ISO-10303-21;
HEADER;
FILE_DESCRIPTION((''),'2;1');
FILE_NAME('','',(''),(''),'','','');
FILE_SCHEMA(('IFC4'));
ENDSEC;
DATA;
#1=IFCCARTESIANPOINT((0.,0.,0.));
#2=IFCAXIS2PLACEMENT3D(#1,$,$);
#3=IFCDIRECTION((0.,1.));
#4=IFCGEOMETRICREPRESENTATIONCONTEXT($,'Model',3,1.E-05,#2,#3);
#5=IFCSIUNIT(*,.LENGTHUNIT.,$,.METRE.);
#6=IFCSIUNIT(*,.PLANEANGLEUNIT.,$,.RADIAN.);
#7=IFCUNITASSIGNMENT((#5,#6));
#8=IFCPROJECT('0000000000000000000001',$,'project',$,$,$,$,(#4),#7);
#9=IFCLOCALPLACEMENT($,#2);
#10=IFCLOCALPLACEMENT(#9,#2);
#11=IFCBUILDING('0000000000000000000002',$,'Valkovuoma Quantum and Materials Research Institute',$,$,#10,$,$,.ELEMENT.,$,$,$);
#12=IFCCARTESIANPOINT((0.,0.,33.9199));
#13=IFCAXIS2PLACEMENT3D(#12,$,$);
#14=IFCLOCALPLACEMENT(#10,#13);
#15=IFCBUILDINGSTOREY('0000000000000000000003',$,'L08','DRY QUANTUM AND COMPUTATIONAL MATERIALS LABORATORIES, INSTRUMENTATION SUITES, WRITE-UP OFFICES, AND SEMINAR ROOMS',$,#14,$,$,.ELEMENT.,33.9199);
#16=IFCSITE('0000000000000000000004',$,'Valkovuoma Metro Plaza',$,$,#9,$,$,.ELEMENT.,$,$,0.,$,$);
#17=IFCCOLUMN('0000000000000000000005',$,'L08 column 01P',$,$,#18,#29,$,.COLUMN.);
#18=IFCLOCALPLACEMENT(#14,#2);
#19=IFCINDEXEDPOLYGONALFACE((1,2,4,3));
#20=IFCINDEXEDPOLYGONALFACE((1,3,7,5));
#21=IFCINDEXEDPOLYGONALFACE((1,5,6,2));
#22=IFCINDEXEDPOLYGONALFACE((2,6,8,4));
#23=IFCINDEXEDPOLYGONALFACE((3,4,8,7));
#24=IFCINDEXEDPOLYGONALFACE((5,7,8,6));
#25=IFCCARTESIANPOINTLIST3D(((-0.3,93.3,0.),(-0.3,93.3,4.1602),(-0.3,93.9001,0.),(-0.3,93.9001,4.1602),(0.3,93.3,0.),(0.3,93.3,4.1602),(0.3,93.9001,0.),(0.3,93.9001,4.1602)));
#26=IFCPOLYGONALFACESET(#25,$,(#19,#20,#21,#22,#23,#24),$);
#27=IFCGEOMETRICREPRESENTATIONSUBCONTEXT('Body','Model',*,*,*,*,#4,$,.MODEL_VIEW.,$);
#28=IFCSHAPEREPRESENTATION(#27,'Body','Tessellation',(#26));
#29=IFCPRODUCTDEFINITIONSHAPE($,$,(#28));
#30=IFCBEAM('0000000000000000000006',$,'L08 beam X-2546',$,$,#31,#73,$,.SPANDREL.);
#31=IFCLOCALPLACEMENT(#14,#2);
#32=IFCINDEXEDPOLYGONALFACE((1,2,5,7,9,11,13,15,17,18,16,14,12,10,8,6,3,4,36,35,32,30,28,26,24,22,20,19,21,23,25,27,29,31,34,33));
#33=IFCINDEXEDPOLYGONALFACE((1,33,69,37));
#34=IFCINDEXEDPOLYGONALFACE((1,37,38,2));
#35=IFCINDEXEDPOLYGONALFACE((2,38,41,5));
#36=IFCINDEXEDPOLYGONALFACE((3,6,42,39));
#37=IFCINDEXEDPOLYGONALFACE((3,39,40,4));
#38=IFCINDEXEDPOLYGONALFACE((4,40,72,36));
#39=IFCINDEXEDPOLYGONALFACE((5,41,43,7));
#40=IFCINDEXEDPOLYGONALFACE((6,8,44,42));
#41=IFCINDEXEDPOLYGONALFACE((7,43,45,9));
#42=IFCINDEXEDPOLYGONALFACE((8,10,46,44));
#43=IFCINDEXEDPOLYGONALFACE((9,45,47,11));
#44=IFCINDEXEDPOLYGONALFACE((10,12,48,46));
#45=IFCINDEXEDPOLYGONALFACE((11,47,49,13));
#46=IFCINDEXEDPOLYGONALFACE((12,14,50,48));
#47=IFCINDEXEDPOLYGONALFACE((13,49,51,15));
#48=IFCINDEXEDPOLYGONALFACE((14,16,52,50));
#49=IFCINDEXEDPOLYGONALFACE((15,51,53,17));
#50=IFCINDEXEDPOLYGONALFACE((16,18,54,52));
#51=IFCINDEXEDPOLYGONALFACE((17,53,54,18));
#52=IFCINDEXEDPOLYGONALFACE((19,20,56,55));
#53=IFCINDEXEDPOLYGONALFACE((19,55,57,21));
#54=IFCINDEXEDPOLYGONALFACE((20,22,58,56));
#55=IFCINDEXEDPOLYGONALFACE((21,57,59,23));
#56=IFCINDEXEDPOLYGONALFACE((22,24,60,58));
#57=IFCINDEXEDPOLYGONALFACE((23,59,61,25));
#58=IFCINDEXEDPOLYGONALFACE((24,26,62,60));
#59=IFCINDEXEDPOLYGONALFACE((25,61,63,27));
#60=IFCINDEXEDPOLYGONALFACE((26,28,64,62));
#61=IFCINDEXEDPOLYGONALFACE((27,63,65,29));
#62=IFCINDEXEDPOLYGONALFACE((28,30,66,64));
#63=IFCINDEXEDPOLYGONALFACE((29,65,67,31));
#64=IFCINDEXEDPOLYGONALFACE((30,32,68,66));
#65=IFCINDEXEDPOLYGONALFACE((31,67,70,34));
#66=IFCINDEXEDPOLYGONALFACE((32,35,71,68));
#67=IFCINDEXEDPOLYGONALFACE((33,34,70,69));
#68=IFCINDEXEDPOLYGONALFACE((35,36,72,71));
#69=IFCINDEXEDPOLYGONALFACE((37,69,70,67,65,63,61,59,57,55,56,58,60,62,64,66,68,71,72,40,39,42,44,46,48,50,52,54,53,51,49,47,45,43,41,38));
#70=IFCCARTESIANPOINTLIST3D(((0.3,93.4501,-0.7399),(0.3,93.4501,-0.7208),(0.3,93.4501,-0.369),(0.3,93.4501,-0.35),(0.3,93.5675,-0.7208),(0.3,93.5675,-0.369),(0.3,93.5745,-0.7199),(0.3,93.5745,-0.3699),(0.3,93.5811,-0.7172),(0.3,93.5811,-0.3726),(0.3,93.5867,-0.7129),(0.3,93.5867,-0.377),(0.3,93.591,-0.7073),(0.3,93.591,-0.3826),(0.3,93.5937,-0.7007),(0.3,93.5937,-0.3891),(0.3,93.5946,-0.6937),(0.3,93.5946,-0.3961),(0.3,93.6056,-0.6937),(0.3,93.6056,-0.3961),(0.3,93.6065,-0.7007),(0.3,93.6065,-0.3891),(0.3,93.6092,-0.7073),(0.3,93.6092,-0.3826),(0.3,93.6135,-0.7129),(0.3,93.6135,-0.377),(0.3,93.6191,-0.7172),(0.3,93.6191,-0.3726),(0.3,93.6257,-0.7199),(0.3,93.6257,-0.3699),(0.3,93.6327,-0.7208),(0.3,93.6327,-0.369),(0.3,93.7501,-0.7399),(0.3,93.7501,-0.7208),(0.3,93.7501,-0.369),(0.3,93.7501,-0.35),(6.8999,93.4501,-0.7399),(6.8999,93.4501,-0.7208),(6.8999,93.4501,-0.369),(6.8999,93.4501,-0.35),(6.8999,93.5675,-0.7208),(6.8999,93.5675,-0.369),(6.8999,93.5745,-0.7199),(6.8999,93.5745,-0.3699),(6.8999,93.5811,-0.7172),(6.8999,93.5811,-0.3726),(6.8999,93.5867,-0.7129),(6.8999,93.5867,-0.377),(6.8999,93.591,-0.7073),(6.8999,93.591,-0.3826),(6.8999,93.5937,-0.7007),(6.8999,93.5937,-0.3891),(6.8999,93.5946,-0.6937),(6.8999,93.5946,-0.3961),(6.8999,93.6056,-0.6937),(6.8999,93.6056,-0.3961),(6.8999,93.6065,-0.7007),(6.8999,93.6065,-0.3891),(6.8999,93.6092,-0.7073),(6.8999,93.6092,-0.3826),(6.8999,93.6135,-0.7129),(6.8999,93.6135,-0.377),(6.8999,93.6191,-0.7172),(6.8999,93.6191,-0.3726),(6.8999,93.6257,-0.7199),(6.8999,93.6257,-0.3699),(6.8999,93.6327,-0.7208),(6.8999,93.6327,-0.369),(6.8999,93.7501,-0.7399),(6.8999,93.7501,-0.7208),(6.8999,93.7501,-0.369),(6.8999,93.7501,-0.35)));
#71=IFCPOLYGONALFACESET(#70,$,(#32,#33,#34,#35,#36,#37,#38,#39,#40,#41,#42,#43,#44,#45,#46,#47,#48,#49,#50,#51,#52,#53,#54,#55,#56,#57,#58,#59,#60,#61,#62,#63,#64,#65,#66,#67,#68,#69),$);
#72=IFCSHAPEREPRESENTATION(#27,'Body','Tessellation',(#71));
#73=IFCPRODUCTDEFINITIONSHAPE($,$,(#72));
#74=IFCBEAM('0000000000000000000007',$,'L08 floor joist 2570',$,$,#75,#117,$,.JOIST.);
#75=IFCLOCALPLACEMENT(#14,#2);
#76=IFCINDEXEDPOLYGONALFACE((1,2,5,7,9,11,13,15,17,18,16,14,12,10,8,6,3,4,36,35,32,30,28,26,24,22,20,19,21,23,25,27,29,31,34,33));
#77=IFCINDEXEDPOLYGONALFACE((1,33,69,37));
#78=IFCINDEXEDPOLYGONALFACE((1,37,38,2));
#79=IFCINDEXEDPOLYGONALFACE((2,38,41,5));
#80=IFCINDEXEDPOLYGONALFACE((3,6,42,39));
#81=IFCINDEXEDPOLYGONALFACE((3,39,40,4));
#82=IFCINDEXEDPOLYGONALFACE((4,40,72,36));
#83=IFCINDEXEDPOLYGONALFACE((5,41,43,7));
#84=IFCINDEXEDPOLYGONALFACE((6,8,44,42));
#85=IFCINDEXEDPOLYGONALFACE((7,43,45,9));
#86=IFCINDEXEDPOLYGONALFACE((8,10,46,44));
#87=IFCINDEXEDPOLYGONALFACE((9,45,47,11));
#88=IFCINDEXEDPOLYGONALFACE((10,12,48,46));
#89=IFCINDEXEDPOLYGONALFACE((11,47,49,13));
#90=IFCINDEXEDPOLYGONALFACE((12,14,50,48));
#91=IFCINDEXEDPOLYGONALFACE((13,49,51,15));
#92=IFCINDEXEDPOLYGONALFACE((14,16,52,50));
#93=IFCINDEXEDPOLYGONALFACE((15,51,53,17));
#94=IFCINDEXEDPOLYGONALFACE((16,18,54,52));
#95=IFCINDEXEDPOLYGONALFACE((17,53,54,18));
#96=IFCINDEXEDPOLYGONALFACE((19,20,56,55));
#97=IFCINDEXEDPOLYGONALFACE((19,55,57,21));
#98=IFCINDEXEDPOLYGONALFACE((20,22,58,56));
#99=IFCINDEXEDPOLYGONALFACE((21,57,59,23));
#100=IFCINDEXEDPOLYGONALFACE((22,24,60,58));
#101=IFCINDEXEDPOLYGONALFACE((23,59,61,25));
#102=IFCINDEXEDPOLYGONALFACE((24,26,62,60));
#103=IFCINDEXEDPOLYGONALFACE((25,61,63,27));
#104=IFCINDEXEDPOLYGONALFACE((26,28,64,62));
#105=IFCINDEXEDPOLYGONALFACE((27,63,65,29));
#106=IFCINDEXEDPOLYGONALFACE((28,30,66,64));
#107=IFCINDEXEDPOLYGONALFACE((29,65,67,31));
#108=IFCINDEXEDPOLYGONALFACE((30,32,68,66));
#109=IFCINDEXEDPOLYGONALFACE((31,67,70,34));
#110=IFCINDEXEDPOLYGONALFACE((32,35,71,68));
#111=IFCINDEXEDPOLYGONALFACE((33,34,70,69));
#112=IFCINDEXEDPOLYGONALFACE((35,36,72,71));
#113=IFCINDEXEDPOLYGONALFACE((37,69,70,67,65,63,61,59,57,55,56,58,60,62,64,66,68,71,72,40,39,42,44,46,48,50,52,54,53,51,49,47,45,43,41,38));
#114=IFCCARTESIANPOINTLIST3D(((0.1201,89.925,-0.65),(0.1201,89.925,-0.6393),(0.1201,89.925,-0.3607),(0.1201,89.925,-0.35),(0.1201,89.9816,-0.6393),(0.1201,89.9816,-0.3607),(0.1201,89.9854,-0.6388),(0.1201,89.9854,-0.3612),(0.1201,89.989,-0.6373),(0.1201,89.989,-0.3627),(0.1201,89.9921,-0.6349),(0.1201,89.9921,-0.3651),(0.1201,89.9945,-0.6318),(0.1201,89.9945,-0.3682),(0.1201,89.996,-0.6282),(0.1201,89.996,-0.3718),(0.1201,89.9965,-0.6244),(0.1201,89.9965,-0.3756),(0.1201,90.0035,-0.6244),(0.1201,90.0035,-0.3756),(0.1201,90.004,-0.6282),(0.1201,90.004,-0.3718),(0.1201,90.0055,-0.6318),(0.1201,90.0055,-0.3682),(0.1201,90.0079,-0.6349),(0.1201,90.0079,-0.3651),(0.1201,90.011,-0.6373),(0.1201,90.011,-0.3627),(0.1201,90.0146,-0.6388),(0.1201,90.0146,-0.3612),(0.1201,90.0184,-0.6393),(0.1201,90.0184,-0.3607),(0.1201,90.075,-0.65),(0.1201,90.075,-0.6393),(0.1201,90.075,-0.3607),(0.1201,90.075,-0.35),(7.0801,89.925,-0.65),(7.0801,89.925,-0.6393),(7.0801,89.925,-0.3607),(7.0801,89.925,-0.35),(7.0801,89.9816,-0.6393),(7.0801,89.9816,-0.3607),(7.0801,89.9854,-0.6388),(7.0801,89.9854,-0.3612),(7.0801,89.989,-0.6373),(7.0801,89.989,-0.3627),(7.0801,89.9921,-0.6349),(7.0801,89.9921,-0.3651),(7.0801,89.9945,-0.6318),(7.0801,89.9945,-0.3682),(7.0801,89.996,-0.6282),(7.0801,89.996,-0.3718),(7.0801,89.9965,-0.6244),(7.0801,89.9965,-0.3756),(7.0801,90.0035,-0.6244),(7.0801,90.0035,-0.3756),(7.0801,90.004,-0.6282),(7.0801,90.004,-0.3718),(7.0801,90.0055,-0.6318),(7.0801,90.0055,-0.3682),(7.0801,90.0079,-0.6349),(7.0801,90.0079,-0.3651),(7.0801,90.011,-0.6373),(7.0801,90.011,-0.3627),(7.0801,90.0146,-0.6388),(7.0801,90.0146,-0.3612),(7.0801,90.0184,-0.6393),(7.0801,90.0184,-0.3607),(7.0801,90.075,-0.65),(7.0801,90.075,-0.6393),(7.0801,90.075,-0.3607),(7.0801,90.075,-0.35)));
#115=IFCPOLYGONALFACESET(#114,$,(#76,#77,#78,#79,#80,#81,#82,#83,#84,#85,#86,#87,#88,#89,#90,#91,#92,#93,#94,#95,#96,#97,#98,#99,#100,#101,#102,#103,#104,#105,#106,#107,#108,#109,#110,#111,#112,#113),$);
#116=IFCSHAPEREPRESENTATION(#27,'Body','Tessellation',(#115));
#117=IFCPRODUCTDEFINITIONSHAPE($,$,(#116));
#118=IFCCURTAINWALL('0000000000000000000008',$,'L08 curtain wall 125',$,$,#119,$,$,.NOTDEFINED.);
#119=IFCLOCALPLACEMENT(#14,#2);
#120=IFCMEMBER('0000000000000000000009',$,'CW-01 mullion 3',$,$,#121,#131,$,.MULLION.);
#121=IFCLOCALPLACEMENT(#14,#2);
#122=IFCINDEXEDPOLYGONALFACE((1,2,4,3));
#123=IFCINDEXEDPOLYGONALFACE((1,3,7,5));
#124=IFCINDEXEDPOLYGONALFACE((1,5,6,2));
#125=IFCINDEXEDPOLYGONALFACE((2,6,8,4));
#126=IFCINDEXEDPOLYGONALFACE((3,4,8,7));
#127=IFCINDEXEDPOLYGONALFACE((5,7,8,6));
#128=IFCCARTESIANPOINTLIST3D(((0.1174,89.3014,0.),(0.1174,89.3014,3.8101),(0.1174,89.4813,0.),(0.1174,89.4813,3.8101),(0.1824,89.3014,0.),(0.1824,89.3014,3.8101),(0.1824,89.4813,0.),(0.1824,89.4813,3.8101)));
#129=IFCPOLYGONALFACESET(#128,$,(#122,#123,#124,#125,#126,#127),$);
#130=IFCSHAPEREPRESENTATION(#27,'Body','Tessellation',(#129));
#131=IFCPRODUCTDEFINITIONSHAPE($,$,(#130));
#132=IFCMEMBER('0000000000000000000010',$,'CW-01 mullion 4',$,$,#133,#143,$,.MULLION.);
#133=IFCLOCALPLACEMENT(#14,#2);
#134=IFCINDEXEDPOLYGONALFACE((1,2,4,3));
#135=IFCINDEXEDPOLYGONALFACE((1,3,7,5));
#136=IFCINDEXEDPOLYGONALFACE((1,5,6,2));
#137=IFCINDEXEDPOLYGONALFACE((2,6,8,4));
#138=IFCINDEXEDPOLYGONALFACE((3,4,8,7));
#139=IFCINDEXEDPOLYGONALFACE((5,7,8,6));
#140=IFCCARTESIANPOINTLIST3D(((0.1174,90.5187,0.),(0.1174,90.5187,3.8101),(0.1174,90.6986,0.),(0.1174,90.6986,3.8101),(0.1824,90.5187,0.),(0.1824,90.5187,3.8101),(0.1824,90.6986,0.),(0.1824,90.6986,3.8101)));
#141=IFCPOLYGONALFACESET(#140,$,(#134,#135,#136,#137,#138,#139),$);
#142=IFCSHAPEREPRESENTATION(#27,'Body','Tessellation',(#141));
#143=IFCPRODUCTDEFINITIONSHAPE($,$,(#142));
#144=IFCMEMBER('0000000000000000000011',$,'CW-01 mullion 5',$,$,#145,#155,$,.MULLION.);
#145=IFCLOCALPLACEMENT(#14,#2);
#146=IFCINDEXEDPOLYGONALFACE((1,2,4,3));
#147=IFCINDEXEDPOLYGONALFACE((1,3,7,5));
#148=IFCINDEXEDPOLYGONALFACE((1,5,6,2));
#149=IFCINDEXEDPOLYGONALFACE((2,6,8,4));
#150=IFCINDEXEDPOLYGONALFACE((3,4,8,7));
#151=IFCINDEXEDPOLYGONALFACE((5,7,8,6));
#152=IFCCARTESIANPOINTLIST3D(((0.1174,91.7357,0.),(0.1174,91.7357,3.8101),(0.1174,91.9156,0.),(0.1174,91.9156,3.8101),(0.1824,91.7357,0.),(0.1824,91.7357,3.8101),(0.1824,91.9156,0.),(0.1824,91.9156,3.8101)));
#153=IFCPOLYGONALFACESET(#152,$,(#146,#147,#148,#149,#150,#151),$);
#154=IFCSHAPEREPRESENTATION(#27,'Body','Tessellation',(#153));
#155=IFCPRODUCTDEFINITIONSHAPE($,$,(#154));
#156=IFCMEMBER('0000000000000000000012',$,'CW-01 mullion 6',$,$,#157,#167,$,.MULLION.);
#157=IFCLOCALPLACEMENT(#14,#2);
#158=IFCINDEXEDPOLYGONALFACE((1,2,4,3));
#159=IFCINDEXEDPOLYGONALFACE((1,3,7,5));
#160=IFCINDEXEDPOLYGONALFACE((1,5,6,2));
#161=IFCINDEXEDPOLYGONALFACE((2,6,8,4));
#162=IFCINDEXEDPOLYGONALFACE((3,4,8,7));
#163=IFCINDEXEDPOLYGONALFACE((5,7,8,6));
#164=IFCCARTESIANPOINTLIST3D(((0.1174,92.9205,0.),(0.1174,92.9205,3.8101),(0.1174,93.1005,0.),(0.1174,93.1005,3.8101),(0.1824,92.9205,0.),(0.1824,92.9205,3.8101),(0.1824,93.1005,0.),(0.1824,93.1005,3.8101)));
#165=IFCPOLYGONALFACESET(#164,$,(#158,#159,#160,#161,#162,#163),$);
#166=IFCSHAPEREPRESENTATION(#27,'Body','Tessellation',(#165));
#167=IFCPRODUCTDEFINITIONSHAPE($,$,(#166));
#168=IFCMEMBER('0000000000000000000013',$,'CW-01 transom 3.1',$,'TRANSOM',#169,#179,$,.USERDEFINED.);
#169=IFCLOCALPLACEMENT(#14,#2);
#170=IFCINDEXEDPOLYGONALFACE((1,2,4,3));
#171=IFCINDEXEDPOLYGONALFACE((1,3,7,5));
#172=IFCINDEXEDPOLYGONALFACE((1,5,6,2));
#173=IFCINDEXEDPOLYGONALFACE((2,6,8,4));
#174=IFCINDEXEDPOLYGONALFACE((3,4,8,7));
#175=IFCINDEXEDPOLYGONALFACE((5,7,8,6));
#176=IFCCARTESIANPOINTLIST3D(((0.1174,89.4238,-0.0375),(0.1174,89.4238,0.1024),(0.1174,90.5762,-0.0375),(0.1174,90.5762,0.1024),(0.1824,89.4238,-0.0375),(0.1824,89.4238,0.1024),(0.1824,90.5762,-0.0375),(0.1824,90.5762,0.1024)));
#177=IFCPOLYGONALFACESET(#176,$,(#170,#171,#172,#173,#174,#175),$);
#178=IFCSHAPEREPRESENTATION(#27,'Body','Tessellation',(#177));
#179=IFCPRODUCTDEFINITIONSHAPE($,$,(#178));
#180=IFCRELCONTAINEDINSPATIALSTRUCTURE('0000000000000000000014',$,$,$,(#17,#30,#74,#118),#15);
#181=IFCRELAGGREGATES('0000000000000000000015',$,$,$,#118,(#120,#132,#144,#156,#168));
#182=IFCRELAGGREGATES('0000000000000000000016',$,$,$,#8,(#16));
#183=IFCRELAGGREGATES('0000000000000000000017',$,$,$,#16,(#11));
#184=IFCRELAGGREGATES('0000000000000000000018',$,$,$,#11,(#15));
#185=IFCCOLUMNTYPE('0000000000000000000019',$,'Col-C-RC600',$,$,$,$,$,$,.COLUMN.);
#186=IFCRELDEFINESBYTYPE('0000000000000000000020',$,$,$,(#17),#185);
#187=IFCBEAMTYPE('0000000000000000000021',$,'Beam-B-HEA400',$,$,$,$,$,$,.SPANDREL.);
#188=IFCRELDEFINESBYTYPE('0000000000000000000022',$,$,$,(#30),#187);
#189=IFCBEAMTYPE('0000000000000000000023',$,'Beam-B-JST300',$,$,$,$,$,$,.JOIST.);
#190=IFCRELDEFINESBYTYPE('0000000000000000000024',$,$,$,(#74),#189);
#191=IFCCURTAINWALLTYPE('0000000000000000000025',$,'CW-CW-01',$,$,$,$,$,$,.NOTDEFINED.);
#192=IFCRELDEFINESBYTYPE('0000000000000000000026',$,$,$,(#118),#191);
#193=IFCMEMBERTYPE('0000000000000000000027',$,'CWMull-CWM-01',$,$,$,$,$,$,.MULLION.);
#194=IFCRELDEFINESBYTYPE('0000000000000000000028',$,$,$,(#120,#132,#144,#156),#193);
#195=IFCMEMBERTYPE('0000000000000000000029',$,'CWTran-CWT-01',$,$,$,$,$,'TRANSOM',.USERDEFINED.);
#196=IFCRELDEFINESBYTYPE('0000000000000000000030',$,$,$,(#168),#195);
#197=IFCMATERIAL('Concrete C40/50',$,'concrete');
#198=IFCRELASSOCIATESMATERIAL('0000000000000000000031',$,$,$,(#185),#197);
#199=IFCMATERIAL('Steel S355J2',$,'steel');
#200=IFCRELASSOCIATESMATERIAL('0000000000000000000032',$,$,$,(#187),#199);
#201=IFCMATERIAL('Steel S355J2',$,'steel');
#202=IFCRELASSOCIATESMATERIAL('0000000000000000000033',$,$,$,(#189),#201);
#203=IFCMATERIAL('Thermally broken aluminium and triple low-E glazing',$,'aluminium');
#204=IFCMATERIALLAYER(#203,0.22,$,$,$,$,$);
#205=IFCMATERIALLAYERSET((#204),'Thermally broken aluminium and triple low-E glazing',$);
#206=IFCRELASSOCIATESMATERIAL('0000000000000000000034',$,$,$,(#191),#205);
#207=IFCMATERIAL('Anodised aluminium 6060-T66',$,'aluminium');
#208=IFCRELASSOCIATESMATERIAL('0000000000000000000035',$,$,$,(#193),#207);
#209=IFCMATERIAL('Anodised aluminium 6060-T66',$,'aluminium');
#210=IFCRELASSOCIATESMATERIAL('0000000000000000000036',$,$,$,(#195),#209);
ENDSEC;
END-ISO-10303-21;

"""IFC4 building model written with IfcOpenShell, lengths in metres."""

from ifc_helpers import new_model, si_unit, direction, frame, origin, origin_2d, place, context, subcontext, project, spatial, rectangle, i_section, extrude, material, layer, layer_set, material_profile, profile_set, type_object, element, aggregate, save


model = new_model("IFC4")

# Units and contexts
model_context = context("Model", 3, precision=1e-05, world=origin(), true_north=direction((0.0, 1.0)))
body_context = subcontext(model_context, "Body", "Model", "MODEL_VIEW")
ifc_project = project(units=[si_unit("LENGTHUNIT", "METRE"), si_unit("PLANEANGLEUNIT", "RADIAN")], contexts=[model_context])

# Site, building, storey
site_placement = place(None, origin())
site = spatial("IfcSite", under=ifc_project, at=site_placement, Name="Valkovuoma Metro Plaza", CompositionType="ELEMENT", RefElevation=0.0)
building_placement = place(site_placement, origin())
building = spatial("IfcBuilding", under=site, at=building_placement, Name="Valkovuoma Quantum and Materials Research Institute", CompositionType="ELEMENT")
storey_placement = place(building_placement, frame((0.0, 0.0, 33.9199)))
storey = spatial("IfcBuildingStorey", under=building, at=storey_placement, Name="L08", Description="DRY QUANTUM AND COMPUTATIONAL MATERIALS LABORATORIES, INSTRUMENTATION SUITES, WRITE-UP OFFICES, AND SEMINAR ROOMS", CompositionType="ELEMENT", Elevation=33.9199)

# Column
ifc_material_1 = material(Name="Concrete C40/50", Category="concrete")
ifc_material_profile_1 = material_profile(ifc_material_1, rectangle(XDim=0.6001, YDim=0.6001, at=origin_2d()), Name="Concrete C40/50")
ifc_profile_set_1 = profile_set([ifc_material_profile_1], Name="Concrete C40/50")
column_type = type_object("IfcColumnType", Name="Col-C-RC600", PredefinedType="COLUMN", material=ifc_profile_set_1)
column_placement = place(storey_placement, frame((0.0, 93.6001, 0.0), z_axis=(0.0, 0.0, 1.0), x_axis=(1.0, 0.0, 0.0)))
element("IfcColumn", 1, at=column_placement, inside=storey, type_object=column_type, Name="L08 column 01P", PredefinedType="COLUMN", context=body_context, shape_type="SweptSolid", body=[
    extrude(rectangle(XDim=0.6001, YDim=0.6001, at=origin_2d()), origin(), (0.0, 0.0, 1.0), 4.1602),
])

# Beams
ifc_material_2 = material(Name="Steel S355J2", Category="steel")
ifc_material_profile_2 = material_profile(ifc_material_2, i_section(OverallWidth=0.3, OverallDepth=0.3899, WebThickness=0.011, FlangeThickness=0.019, FilletRadius=0.0271, at=origin_2d()), Name="Steel S355J2")
ifc_profile_set_2 = profile_set([ifc_material_profile_2], Name="Steel S355J2")
beam_type_1 = type_object("IfcBeamType", Name="Beam-B-HEA400", PredefinedType="SPANDREL", material=ifc_profile_set_2)
beam_1_placement = place(storey_placement, frame((0.3, 93.6001, -0.5449), z_axis=(1.0, 0.0, 0.0), x_axis=(0.0, 1.0, 0.0)))
element("IfcBeam", 2, at=beam_1_placement, inside=storey, type_object=beam_type_1, Name="L08 beam X-2546", PredefinedType="SPANDREL", context=body_context, shape_type="SweptSolid", body=[
    extrude(i_section(OverallWidth=0.3, OverallDepth=0.3899, WebThickness=0.011, FlangeThickness=0.019, FilletRadius=0.0271, at=origin_2d()), origin(), (0.0, 0.0, 1.0), 6.5999),
])
ifc_material_3 = material(Name="Steel S355J2", Category="steel")
ifc_material_profile_3 = material_profile(ifc_material_3, i_section(OverallWidth=0.1499, OverallDepth=0.3, WebThickness=0.0071, FlangeThickness=0.0107, FilletRadius=0.0149, at=origin_2d()), Name="Steel S355J2")
ifc_profile_set_3 = profile_set([ifc_material_profile_3], Name="Steel S355J2")
beam_type_2 = type_object("IfcBeamType", Name="Beam-B-JST300", PredefinedType="JOIST", material=ifc_profile_set_3)
beam_2_placement = place(storey_placement, frame((0.1201, 90.0, -0.5), z_axis=(1.0, 0.0, 0.0), x_axis=(0.0, 1.0, 0.0)))
element("IfcBeam", 3, at=beam_2_placement, inside=storey, type_object=beam_type_2, Name="L08 floor joist 2570", PredefinedType="JOIST", context=body_context, shape_type="SweptSolid", body=[
    extrude(i_section(OverallWidth=0.1499, OverallDepth=0.3, WebThickness=0.0071, FlangeThickness=0.0107, FilletRadius=0.0149, at=origin_2d()), origin(), (0.0, 0.0, 1.0), 6.96),
])

# Curtain wall, members
ifc_material_4 = material(Name="Thermally broken aluminium and triple low-E glazing", Category="aluminium")
ifc_layer_1 = layer(ifc_material_4, 0.22)
ifc_layer_set_1 = layer_set([ifc_layer_1], Name="Thermally broken aluminium and triple low-E glazing")
curtain_wall_type = type_object("IfcCurtainWallType", Name="CW-CW-01", PredefinedType="NOTDEFINED", material=ifc_layer_set_1)
curtain_wall_placement = place(storey_placement, origin())
curtain_wall = element("IfcCurtainWall", 4, at=curtain_wall_placement, inside=storey, type_object=curtain_wall_type, Name="L08 curtain wall 125", PredefinedType="NOTDEFINED")
ifc_material_5 = material(Name="Anodised aluminium 6060-T66", Category="aluminium")
ifc_material_profile_4 = material_profile(ifc_material_5, rectangle(XDim=0.0649, YDim=0.1799, at=origin_2d()), Name="Anodised aluminium 6060-T66")
ifc_profile_set_4 = profile_set([ifc_material_profile_4], Name="Anodised aluminium 6060-T66")
member_type_1 = type_object("IfcMemberType", Name="CWMull-CWM-01", PredefinedType="MULLION", material=ifc_profile_set_4)
member_1_placement = place(storey_placement, frame((0.1499, 89.3914, 0.0), z_axis=(0.0, 0.0, 1.0), x_axis=(-1.0, 0.0, 0.0)))
member_1 = element("IfcMember", 5, at=member_1_placement, type_object=member_type_1, Name="CW-01 mullion 3", PredefinedType="MULLION", context=body_context, shape_type="SweptSolid", body=[
    extrude(rectangle(XDim=0.0649, YDim=0.1799, at=origin_2d()), origin(), (0.0, 0.0, 1.0), 3.8101),
])
member_2_placement = place(storey_placement, frame((0.1499, 90.6086, 0.0), z_axis=(0.0, 0.0, 1.0), x_axis=(-1.0, 0.0, 0.0)))
member_2 = element("IfcMember", 6, at=member_2_placement, type_object=member_type_1, Name="CW-01 mullion 4", PredefinedType="MULLION", context=body_context, shape_type="SweptSolid", body=[
    extrude(rectangle(XDim=0.0649, YDim=0.1799, at=origin_2d()), origin(), (0.0, 0.0, 1.0), 3.8101),
])
member_3_placement = place(storey_placement, frame((0.1499, 91.8257, 0.0), z_axis=(0.0, 0.0, 1.0), x_axis=(-1.0, 0.0, 0.0)))
member_3 = element("IfcMember", 7, at=member_3_placement, type_object=member_type_1, Name="CW-01 mullion 5", PredefinedType="MULLION", context=body_context, shape_type="SweptSolid", body=[
    extrude(rectangle(XDim=0.0649, YDim=0.1799, at=origin_2d()), origin(), (0.0, 0.0, 1.0), 3.8101),
])
member_4_placement = place(storey_placement, frame((0.1499, 93.0105, 0.0), z_axis=(0.0, 0.0, 1.0), x_axis=(-1.0, 0.0, 0.0)))
member_4 = element("IfcMember", 8, at=member_4_placement, type_object=member_type_1, Name="CW-01 mullion 6", PredefinedType="MULLION", context=body_context, shape_type="SweptSolid", body=[
    extrude(rectangle(XDim=0.0649, YDim=0.1799, at=origin_2d()), origin(), (0.0, 0.0, 1.0), 3.8101),
])
ifc_material_6 = material(Name="Anodised aluminium 6060-T66", Category="aluminium")
ifc_material_profile_5 = material_profile(ifc_material_6, rectangle(XDim=0.0649, YDim=0.1399, at=origin_2d()), Name="Anodised aluminium 6060-T66")
ifc_profile_set_5 = profile_set([ifc_material_profile_5], Name="Anodised aluminium 6060-T66")
member_type_2 = type_object("IfcMemberType", Name="CWTran-CWT-01", ElementType="TRANSOM", PredefinedType="USERDEFINED", material=ifc_profile_set_5)
member_5_placement = place(storey_placement, frame((0.1499, 89.4238, 0.0325), z_axis=(0.0, 1.0, 0.0), x_axis=(-1.0, 0.0, 0.0)))
member_5 = element("IfcMember", 9, at=member_5_placement, type_object=member_type_2, Name="CW-01 transom 3.1", ObjectType="TRANSOM", PredefinedType="USERDEFINED", context=body_context, shape_type="SweptSolid", body=[
    extrude(rectangle(XDim=0.0649, YDim=0.1399, at=origin_2d()), origin(), (0.0, 0.0, 1.0), 1.1523),
])
aggregate(curtain_wall, [member_1, member_2, member_3, member_4, member_5])

save(model, "model.ifc")
